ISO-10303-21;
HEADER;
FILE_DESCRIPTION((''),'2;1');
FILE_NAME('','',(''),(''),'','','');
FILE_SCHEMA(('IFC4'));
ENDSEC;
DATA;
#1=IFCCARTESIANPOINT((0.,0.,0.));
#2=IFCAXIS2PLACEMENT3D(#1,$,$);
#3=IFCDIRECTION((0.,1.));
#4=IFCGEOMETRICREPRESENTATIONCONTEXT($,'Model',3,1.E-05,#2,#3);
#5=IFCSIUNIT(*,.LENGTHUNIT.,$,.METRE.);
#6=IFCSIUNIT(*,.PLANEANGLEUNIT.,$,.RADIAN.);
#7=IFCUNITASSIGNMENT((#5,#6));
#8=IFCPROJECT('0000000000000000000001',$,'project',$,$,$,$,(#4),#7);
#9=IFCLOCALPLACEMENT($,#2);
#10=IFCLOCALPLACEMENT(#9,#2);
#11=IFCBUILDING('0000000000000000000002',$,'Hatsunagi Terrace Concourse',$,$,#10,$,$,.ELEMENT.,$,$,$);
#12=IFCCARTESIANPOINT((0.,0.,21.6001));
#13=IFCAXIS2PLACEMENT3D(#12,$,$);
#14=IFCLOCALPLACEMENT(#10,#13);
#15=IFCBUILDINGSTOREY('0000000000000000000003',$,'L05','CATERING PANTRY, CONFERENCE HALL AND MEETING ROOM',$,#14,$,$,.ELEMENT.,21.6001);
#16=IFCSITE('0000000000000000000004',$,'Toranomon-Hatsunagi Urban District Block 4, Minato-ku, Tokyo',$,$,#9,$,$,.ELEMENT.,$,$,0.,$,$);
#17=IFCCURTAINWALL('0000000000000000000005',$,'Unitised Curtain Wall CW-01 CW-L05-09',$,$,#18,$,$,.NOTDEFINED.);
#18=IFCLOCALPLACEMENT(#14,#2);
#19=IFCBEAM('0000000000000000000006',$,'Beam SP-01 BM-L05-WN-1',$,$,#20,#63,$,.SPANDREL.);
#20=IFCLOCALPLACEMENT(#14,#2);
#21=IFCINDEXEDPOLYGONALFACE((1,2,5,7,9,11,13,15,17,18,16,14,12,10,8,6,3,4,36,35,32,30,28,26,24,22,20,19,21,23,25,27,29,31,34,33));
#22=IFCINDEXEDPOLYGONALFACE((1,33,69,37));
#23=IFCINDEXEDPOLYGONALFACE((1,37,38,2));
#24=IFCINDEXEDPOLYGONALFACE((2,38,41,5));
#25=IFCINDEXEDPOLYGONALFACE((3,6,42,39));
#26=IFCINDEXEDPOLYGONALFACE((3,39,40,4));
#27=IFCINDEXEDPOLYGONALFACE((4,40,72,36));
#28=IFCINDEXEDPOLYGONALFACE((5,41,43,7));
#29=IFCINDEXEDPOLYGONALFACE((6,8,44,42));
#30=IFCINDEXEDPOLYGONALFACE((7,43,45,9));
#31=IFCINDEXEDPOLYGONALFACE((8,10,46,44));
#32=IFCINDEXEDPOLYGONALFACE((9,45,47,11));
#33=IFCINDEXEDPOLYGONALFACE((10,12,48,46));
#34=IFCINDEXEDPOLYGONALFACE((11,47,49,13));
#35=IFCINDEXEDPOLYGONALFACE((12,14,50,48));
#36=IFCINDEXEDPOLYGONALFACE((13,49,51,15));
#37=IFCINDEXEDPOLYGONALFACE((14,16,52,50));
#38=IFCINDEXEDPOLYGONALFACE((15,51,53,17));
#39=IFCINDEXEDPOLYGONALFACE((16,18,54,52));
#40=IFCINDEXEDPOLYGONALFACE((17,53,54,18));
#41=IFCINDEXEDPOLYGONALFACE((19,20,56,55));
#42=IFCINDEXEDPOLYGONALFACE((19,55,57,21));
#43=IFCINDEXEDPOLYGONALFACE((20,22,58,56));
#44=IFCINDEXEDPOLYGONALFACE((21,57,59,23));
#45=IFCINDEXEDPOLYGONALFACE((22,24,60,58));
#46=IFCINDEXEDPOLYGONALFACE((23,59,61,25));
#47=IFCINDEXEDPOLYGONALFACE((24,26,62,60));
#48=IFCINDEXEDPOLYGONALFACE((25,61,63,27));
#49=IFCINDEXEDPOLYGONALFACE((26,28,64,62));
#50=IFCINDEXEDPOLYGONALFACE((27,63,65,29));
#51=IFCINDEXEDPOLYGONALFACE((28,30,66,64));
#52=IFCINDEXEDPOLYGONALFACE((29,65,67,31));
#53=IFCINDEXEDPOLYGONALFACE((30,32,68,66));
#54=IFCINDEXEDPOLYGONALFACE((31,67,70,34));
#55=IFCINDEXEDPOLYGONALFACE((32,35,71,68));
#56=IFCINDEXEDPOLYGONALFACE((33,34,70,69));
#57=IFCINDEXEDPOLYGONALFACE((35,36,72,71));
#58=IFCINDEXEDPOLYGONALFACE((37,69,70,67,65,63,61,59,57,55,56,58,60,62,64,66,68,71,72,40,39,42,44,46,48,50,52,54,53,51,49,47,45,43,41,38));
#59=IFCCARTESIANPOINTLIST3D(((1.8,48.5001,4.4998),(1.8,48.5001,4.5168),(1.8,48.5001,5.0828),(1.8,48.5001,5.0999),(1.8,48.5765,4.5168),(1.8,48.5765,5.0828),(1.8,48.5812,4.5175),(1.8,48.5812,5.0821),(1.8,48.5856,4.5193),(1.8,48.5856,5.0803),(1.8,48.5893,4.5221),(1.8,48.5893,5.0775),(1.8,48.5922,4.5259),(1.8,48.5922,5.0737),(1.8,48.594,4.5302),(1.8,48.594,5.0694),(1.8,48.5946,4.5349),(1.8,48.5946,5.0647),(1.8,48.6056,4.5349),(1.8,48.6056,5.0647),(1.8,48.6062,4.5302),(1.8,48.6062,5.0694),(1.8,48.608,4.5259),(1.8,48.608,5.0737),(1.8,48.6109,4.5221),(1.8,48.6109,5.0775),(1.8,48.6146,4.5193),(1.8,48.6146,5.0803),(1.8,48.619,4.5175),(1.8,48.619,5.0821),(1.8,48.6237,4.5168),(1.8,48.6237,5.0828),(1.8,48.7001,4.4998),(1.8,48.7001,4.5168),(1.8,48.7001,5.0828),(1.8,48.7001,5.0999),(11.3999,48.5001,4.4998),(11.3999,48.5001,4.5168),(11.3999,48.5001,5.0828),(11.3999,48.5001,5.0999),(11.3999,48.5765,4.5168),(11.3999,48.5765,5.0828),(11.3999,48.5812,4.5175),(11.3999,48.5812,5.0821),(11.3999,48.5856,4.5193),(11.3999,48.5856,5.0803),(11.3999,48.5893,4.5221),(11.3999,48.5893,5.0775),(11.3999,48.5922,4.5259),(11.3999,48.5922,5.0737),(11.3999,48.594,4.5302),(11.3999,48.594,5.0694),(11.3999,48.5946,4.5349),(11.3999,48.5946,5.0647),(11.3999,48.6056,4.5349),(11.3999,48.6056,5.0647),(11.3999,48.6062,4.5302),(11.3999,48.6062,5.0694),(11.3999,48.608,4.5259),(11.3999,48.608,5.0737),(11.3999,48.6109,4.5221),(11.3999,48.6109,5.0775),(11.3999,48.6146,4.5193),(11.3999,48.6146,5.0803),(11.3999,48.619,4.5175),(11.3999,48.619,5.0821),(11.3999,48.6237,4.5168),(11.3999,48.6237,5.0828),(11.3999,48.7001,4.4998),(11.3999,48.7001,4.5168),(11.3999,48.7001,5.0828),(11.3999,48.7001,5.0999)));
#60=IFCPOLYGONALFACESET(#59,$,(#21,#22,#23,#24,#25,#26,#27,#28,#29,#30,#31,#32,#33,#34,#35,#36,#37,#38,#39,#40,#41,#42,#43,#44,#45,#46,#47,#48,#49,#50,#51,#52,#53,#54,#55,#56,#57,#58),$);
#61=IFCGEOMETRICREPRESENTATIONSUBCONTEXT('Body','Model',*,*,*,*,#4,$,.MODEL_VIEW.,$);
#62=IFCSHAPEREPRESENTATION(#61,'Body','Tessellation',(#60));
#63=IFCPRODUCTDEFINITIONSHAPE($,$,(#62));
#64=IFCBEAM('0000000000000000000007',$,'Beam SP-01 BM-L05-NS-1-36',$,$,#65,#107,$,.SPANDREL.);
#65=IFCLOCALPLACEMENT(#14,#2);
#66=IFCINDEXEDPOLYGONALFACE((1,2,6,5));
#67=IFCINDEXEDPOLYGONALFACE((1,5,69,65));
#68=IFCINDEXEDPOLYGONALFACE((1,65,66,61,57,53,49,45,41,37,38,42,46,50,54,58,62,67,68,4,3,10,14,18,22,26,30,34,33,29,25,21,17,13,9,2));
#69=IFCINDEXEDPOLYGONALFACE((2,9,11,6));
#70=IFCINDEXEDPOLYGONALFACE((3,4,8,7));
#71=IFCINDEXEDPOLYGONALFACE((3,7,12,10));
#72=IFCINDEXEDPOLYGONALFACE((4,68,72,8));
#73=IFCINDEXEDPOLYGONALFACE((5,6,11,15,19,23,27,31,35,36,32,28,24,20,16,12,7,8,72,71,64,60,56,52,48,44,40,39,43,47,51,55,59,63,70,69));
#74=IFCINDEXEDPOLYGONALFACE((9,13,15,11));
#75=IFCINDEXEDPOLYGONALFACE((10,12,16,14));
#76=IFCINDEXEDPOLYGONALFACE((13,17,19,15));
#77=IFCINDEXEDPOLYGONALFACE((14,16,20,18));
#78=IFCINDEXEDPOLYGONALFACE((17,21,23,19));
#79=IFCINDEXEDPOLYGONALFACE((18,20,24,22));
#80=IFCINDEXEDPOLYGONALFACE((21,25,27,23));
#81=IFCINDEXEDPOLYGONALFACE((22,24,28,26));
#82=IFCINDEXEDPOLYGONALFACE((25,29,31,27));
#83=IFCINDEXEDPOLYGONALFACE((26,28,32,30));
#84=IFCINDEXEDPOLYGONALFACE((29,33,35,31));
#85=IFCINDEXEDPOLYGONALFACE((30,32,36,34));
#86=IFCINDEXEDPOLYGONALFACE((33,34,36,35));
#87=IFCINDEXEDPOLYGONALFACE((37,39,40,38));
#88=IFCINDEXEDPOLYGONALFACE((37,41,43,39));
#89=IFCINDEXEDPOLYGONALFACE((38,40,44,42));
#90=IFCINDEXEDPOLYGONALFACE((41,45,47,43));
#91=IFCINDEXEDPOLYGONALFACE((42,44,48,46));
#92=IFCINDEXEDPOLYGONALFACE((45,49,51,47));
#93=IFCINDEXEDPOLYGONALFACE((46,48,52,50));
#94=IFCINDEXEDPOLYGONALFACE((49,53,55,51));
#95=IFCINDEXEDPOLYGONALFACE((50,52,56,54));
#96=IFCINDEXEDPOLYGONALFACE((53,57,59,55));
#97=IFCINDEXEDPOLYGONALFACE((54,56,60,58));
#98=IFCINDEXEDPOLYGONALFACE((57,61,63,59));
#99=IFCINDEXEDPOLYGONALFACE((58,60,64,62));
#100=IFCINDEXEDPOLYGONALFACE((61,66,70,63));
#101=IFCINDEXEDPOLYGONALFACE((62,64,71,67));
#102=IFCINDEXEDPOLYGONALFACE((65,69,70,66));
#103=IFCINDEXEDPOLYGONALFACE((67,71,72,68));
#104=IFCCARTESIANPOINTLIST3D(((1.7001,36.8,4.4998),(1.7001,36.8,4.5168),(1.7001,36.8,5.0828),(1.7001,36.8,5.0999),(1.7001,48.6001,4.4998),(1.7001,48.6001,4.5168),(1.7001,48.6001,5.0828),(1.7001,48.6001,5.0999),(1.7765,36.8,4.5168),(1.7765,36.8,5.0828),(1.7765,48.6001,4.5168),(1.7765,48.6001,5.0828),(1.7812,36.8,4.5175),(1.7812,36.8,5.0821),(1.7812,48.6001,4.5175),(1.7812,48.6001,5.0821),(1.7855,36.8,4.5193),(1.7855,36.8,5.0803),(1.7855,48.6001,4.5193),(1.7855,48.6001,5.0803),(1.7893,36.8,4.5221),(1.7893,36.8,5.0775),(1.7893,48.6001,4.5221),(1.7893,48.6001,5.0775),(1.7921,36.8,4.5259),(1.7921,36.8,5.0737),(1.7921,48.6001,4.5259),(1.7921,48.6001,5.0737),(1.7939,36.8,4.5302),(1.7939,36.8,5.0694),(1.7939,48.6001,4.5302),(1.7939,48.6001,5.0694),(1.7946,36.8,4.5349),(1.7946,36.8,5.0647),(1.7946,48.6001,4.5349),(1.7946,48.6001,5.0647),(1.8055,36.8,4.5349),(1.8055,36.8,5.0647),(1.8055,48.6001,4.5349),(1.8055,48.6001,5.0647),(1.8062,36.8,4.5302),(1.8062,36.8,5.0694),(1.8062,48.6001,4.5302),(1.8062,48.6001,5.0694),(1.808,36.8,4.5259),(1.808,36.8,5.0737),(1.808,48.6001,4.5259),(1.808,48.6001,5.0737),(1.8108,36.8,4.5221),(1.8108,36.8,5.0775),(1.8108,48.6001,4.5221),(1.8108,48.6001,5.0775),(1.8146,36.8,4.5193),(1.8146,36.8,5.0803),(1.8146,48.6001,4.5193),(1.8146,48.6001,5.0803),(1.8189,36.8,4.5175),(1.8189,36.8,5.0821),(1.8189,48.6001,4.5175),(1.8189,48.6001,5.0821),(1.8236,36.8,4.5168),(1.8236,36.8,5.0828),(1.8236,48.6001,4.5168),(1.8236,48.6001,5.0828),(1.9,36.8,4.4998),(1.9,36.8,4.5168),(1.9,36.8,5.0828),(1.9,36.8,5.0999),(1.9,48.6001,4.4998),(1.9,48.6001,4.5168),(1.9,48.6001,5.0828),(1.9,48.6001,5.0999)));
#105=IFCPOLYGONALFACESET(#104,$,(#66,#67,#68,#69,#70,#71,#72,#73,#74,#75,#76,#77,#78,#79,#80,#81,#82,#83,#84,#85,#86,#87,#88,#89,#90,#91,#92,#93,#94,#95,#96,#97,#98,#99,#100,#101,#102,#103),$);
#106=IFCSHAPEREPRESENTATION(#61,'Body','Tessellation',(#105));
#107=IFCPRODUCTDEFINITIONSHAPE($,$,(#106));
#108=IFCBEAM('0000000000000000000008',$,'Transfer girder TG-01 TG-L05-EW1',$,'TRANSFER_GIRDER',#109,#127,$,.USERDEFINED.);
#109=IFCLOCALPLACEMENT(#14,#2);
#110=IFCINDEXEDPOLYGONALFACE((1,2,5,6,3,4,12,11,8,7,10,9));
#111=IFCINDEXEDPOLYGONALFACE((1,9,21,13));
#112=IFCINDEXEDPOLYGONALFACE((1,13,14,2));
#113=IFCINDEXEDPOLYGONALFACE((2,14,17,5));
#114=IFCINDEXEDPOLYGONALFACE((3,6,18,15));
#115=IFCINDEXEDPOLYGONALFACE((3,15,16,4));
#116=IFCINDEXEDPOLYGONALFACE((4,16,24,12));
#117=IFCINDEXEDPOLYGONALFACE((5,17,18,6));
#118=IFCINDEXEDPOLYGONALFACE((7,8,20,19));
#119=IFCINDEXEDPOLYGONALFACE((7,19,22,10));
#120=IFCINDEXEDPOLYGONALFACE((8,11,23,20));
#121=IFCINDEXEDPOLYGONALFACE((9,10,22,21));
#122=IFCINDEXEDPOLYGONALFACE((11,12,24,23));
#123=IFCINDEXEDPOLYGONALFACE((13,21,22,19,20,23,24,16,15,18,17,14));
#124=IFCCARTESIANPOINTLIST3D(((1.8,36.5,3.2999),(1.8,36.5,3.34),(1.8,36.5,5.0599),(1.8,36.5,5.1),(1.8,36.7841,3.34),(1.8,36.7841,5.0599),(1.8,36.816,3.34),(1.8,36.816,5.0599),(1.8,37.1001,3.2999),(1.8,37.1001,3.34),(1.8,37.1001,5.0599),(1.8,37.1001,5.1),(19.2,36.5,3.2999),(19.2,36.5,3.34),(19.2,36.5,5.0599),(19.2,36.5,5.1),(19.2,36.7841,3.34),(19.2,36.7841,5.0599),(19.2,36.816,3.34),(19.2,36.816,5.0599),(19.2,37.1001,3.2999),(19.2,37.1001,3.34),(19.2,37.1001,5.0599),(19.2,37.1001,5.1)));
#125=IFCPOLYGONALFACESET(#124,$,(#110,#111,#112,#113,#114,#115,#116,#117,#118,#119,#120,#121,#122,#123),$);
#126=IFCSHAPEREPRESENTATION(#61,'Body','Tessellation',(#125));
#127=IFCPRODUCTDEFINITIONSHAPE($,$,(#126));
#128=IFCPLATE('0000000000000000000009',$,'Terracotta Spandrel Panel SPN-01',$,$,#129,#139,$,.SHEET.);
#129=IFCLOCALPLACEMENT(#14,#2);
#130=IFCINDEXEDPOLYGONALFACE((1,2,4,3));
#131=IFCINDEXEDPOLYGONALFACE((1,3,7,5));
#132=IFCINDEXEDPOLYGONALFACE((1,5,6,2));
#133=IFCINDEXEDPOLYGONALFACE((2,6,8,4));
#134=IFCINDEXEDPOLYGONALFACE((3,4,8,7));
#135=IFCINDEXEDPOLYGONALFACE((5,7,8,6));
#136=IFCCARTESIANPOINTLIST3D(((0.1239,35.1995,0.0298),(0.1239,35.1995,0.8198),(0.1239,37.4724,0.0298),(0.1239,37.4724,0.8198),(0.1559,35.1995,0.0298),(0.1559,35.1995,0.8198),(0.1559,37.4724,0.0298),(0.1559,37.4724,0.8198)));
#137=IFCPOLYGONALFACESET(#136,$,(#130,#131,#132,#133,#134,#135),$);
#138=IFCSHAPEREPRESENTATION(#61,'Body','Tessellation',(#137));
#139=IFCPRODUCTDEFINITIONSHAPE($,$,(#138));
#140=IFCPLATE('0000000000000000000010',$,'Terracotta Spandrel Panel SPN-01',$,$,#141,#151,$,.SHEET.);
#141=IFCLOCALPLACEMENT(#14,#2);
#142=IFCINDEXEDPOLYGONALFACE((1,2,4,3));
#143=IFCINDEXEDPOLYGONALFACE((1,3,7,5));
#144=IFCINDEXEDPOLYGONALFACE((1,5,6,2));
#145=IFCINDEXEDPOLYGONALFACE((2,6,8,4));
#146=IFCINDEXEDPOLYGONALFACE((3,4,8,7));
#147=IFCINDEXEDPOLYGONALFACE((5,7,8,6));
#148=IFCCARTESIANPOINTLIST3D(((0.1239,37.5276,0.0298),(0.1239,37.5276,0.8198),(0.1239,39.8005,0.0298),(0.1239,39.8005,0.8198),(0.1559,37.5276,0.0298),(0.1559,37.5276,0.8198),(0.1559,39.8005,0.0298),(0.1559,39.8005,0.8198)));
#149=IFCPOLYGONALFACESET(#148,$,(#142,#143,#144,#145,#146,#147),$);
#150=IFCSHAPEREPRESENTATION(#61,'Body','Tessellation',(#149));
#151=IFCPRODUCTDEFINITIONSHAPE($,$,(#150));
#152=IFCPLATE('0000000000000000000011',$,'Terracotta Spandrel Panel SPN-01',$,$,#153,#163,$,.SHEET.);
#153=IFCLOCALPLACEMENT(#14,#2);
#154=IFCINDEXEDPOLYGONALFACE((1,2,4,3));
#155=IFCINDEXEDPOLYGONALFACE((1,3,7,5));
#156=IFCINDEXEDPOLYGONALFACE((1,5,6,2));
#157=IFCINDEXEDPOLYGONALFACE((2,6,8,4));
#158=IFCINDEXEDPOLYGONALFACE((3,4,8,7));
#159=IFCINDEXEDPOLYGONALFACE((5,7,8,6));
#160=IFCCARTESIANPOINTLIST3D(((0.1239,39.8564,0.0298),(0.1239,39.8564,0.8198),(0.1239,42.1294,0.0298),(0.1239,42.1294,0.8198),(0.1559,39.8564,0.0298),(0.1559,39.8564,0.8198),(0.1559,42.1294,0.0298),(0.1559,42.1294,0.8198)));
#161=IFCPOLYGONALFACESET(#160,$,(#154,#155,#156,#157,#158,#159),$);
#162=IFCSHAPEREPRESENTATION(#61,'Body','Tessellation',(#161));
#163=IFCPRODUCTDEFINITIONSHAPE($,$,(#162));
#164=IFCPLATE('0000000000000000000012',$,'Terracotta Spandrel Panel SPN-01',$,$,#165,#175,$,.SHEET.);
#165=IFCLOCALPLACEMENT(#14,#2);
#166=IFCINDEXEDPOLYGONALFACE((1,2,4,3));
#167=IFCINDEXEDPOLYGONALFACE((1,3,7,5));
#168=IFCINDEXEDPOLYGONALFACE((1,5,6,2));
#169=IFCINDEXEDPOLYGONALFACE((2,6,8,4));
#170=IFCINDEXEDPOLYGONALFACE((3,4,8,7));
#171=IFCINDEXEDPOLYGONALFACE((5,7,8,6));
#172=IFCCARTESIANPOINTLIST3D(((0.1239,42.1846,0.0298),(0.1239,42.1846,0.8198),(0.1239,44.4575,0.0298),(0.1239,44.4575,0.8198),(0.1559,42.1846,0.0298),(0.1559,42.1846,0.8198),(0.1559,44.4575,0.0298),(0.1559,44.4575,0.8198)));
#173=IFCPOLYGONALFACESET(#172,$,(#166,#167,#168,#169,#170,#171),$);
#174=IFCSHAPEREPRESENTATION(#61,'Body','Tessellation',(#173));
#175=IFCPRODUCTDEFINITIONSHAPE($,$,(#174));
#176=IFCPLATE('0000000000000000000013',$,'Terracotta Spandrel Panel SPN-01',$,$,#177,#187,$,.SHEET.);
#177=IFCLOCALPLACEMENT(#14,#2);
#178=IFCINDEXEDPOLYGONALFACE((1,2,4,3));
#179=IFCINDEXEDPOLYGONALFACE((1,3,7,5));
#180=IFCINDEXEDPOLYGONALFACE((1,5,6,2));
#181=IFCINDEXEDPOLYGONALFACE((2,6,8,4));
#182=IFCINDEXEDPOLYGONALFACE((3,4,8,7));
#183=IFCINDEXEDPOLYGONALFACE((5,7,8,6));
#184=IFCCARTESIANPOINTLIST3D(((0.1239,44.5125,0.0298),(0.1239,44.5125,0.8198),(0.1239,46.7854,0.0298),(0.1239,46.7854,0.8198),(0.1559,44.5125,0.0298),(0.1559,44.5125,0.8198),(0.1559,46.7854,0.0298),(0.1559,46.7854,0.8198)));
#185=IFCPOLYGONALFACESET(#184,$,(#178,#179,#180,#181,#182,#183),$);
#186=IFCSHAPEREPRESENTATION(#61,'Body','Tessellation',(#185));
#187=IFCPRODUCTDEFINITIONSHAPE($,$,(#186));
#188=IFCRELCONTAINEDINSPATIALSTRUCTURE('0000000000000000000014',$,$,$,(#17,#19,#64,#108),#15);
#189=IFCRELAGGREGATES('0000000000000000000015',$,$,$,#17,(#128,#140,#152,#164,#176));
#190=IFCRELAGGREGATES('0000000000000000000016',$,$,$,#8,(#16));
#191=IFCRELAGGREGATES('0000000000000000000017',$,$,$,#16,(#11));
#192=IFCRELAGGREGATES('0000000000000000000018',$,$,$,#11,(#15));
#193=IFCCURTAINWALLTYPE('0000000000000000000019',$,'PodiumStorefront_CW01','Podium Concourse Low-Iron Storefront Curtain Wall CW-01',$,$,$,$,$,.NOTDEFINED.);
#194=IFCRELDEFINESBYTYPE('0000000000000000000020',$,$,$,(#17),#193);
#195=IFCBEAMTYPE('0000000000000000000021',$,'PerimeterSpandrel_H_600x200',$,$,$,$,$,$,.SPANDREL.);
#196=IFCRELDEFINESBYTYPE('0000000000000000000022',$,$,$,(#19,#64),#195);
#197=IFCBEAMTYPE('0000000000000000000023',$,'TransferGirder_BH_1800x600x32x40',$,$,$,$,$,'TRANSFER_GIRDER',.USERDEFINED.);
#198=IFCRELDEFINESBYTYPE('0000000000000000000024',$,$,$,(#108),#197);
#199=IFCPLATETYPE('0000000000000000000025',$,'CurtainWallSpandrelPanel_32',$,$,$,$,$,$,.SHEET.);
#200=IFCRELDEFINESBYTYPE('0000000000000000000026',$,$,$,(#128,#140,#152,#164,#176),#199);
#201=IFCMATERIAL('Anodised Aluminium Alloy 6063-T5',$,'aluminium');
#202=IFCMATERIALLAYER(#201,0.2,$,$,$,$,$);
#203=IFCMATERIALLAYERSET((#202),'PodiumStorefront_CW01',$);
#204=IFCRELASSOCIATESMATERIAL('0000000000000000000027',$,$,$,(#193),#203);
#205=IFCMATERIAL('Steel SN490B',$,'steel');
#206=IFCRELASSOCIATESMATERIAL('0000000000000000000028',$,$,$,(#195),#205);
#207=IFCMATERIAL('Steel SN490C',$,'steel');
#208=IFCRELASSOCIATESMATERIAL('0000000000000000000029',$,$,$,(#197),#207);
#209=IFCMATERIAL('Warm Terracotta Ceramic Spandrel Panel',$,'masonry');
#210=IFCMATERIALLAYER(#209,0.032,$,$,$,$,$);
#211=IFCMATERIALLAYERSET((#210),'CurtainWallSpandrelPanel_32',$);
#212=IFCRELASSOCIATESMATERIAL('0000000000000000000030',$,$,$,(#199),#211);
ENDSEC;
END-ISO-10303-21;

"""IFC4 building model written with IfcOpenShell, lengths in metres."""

from ifc_helpers import new_model, si_unit, direction, frame, origin, origin_2d, place, context, subcontext, project, spatial, rectangle, i_section, extrude, material, layer, layer_set, material_profile, profile_set, type_object, element, aggregate, save


model = new_model("IFC4")

# Units and contexts
model_context = context("Model", 3, precision=1e-05, world=origin(), true_north=direction((0.0, 1.0)))
body_context = subcontext(model_context, "Body", "Model", "MODEL_VIEW")
ifc_project = project(units=[si_unit("LENGTHUNIT", "METRE"), si_unit("PLANEANGLEUNIT", "RADIAN")], contexts=[model_context])

# Site, building, storey
site_placement = place(None, origin())
site = spatial("IfcSite", under=ifc_project, at=site_placement, Name="Toranomon-Hatsunagi Urban District Block 4, Minato-ku, Tokyo", CompositionType="ELEMENT", RefElevation=0.0)
building_placement = place(site_placement, origin())
building = spatial("IfcBuilding", under=site, at=building_placement, Name="Hatsunagi Terrace Concourse", CompositionType="ELEMENT")
storey_placement = place(building_placement, frame((0.0, 0.0, 21.6001)))
storey = spatial("IfcBuildingStorey", under=building, at=storey_placement, Name="L05", Description="CATERING PANTRY, CONFERENCE HALL AND MEETING ROOM", CompositionType="ELEMENT", Elevation=21.6001)

# Curtain wall
ifc_material_1 = material(Name="Anodised Aluminium Alloy 6063-T5", Category="aluminium")
ifc_layer_1 = layer(ifc_material_1, 0.2)
ifc_layer_set_1 = layer_set([ifc_layer_1], Name="PodiumStorefront_CW01")
curtain_wall_type = type_object("IfcCurtainWallType", Name="PodiumStorefront_CW01", Description="Podium Concourse Low-Iron Storefront Curtain Wall CW-01", PredefinedType="NOTDEFINED", material=ifc_layer_set_1)
curtain_wall_1_placement = place(storey_placement, origin())
curtain_wall_1 = element("IfcCurtainWall", 1, at=curtain_wall_1_placement, inside=storey, type_object=curtain_wall_type, Name="Unitised Curtain Wall CW-01 CW-L05-09", PredefinedType="NOTDEFINED")

# Beams
ifc_material_2 = material(Name="Steel SN490B", Category="steel")
ifc_material_profile_1 = material_profile(ifc_material_2, i_section(OverallWidth=0.2, OverallDepth=0.6001, WebThickness=0.011, FlangeThickness=0.0171, FilletRadius=0.0181, at=origin_2d()), Name="H-600x200x11x17")
ifc_profile_set_1 = profile_set([ifc_material_profile_1], Name="Steel SN490B")
beam_type_1 = type_object("IfcBeamType", Name="PerimeterSpandrel_H_600x200", PredefinedType="SPANDREL", material=ifc_profile_set_1)
beam_1_placement = place(storey_placement, frame((1.8, 48.6001, 4.7998), z_axis=(1.0, 0.0, 0.0), x_axis=(0.0, 1.0, 0.0)))
element("IfcBeam", 2, at=beam_1_placement, inside=storey, type_object=beam_type_1, Name="Beam SP-01 BM-L05-WN-1", PredefinedType="SPANDREL", context=body_context, shape_type="SweptSolid", body=[
    extrude(i_section(OverallWidth=0.2, OverallDepth=0.6001, WebThickness=0.011, FlangeThickness=0.0171, FilletRadius=0.0181, at=origin_2d()), origin(), (0.0, 0.0, 1.0), 9.5999),
])
beam_2_placement = place(storey_placement, frame((1.8, 36.8, 4.7998), z_axis=(0.0, 1.0, 0.0), x_axis=(-1.0, 0.0, 0.0)))
element("IfcBeam", 3, at=beam_2_placement, inside=storey, type_object=beam_type_1, Name="Beam SP-01 BM-L05-NS-1-36", PredefinedType="SPANDREL", context=body_context, shape_type="SweptSolid", body=[
    extrude(i_section(OverallWidth=0.2, OverallDepth=0.6001, WebThickness=0.011, FlangeThickness=0.0171, FilletRadius=0.0181, at=origin_2d()), origin(), (0.0, 0.0, 1.0), 11.8),
])
ifc_material_3 = material(Name="Steel SN490C", Category="steel")
ifc_material_profile_2 = material_profile(ifc_material_3, i_section(OverallWidth=0.6001, OverallDepth=1.8, WebThickness=0.032, FlangeThickness=0.04, at=origin_2d()), Name="BH-1800x600x32x40")
ifc_profile_set_2 = profile_set([ifc_material_profile_2], Name="Steel SN490C")
beam_type_2 = type_object("IfcBeamType", Name="TransferGirder_BH_1800x600x32x40", ElementType="TRANSFER_GIRDER", PredefinedType="USERDEFINED", material=ifc_profile_set_2)
beam_3_placement = place(storey_placement, frame((1.8, 36.8, 4.2), z_axis=(1.0, 0.0, 0.0), x_axis=(0.0, 1.0, 0.0)))
element("IfcBeam", 4, at=beam_3_placement, inside=storey, type_object=beam_type_2, Name="Transfer girder TG-01 TG-L05-EW1", ObjectType="TRANSFER_GIRDER", PredefinedType="USERDEFINED", context=body_context, shape_type="SweptSolid", body=[
    extrude(i_section(OverallWidth=0.6001, OverallDepth=1.8, WebThickness=0.032, FlangeThickness=0.04, at=origin_2d()), origin(), (0.0, 0.0, 1.0), 17.3999),
])

# Plates
ifc_material_4 = material(Name="Warm Terracotta Ceramic Spandrel Panel", Category="masonry")
ifc_layer_2 = layer(ifc_material_4, 0.032)
ifc_layer_set_2 = layer_set([ifc_layer_2], Name="CurtainWallSpandrelPanel_32")
plate_type_1 = type_object("IfcPlateType", Name="CurtainWallSpandrelPanel_32", PredefinedType="SHEET", material=ifc_layer_set_2)
plate_1_placement = place(storey_placement, frame((0.1399, 36.3359, 0.0298), z_axis=(0.0, 0.0, 1.0), x_axis=(0.0, 1.0, 0.0)))
plate_1 = element("IfcPlate", 5, at=plate_1_placement, type_object=plate_type_1, Name="Terracotta Spandrel Panel SPN-01", PredefinedType="SHEET", context=body_context, shape_type="SweptSolid", body=[
    extrude(rectangle(XDim=2.2729, YDim=0.032, at=origin_2d()), origin(), (0.0, 0.0, 1.0), 0.79),
])
plate_2_placement = place(storey_placement, frame((0.1399, 38.6641, 0.0298), z_axis=(0.0, 0.0, 1.0), x_axis=(0.0, 1.0, 0.0)))
plate_2 = element("IfcPlate", 6, at=plate_2_placement, type_object=plate_type_1, Name="Terracotta Spandrel Panel SPN-01", PredefinedType="SHEET", context=body_context, shape_type="SweptSolid", body=[
    extrude(rectangle(XDim=2.2729, YDim=0.032, at=origin_2d()), origin(), (0.0, 0.0, 1.0), 0.79),
])
plate_3_placement = place(storey_placement, frame((0.1399, 40.9929, 0.0298), z_axis=(0.0, 0.0, 1.0), x_axis=(0.0, 1.0, 0.0)))
plate_3 = element("IfcPlate", 7, at=plate_3_placement, type_object=plate_type_1, Name="Terracotta Spandrel Panel SPN-01", PredefinedType="SHEET", context=body_context, shape_type="SweptSolid", body=[
    extrude(rectangle(XDim=2.2729, YDim=0.032, at=origin_2d()), origin(), (0.0, 0.0, 1.0), 0.79),
])
plate_4_placement = place(storey_placement, frame((0.1399, 43.321, 0.0298), z_axis=(0.0, 0.0, 1.0), x_axis=(0.0, 1.0, 0.0)))
plate_4 = element("IfcPlate", 8, at=plate_4_placement, type_object=plate_type_1, Name="Terracotta Spandrel Panel SPN-01", PredefinedType="SHEET", context=body_context, shape_type="SweptSolid", body=[
    extrude(rectangle(XDim=2.2729, YDim=0.032, at=origin_2d()), origin(), (0.0, 0.0, 1.0), 0.79),
])
plate_5_placement = place(storey_placement, frame((0.1399, 45.6489, 0.0298), z_axis=(0.0, 0.0, 1.0), x_axis=(0.0, 1.0, 0.0)))
plate_5 = element("IfcPlate", 9, at=plate_5_placement, type_object=plate_type_1, Name="Terracotta Spandrel Panel SPN-01", PredefinedType="SHEET", context=body_context, shape_type="SweptSolid", body=[
    extrude(rectangle(XDim=2.2729, YDim=0.032, at=origin_2d()), origin(), (0.0, 0.0, 1.0), 0.79),
])
aggregate(curtain_wall_1, [plate_1, plate_2, plate_3, plate_4, plate_5])

save(model, "model.ifc")
